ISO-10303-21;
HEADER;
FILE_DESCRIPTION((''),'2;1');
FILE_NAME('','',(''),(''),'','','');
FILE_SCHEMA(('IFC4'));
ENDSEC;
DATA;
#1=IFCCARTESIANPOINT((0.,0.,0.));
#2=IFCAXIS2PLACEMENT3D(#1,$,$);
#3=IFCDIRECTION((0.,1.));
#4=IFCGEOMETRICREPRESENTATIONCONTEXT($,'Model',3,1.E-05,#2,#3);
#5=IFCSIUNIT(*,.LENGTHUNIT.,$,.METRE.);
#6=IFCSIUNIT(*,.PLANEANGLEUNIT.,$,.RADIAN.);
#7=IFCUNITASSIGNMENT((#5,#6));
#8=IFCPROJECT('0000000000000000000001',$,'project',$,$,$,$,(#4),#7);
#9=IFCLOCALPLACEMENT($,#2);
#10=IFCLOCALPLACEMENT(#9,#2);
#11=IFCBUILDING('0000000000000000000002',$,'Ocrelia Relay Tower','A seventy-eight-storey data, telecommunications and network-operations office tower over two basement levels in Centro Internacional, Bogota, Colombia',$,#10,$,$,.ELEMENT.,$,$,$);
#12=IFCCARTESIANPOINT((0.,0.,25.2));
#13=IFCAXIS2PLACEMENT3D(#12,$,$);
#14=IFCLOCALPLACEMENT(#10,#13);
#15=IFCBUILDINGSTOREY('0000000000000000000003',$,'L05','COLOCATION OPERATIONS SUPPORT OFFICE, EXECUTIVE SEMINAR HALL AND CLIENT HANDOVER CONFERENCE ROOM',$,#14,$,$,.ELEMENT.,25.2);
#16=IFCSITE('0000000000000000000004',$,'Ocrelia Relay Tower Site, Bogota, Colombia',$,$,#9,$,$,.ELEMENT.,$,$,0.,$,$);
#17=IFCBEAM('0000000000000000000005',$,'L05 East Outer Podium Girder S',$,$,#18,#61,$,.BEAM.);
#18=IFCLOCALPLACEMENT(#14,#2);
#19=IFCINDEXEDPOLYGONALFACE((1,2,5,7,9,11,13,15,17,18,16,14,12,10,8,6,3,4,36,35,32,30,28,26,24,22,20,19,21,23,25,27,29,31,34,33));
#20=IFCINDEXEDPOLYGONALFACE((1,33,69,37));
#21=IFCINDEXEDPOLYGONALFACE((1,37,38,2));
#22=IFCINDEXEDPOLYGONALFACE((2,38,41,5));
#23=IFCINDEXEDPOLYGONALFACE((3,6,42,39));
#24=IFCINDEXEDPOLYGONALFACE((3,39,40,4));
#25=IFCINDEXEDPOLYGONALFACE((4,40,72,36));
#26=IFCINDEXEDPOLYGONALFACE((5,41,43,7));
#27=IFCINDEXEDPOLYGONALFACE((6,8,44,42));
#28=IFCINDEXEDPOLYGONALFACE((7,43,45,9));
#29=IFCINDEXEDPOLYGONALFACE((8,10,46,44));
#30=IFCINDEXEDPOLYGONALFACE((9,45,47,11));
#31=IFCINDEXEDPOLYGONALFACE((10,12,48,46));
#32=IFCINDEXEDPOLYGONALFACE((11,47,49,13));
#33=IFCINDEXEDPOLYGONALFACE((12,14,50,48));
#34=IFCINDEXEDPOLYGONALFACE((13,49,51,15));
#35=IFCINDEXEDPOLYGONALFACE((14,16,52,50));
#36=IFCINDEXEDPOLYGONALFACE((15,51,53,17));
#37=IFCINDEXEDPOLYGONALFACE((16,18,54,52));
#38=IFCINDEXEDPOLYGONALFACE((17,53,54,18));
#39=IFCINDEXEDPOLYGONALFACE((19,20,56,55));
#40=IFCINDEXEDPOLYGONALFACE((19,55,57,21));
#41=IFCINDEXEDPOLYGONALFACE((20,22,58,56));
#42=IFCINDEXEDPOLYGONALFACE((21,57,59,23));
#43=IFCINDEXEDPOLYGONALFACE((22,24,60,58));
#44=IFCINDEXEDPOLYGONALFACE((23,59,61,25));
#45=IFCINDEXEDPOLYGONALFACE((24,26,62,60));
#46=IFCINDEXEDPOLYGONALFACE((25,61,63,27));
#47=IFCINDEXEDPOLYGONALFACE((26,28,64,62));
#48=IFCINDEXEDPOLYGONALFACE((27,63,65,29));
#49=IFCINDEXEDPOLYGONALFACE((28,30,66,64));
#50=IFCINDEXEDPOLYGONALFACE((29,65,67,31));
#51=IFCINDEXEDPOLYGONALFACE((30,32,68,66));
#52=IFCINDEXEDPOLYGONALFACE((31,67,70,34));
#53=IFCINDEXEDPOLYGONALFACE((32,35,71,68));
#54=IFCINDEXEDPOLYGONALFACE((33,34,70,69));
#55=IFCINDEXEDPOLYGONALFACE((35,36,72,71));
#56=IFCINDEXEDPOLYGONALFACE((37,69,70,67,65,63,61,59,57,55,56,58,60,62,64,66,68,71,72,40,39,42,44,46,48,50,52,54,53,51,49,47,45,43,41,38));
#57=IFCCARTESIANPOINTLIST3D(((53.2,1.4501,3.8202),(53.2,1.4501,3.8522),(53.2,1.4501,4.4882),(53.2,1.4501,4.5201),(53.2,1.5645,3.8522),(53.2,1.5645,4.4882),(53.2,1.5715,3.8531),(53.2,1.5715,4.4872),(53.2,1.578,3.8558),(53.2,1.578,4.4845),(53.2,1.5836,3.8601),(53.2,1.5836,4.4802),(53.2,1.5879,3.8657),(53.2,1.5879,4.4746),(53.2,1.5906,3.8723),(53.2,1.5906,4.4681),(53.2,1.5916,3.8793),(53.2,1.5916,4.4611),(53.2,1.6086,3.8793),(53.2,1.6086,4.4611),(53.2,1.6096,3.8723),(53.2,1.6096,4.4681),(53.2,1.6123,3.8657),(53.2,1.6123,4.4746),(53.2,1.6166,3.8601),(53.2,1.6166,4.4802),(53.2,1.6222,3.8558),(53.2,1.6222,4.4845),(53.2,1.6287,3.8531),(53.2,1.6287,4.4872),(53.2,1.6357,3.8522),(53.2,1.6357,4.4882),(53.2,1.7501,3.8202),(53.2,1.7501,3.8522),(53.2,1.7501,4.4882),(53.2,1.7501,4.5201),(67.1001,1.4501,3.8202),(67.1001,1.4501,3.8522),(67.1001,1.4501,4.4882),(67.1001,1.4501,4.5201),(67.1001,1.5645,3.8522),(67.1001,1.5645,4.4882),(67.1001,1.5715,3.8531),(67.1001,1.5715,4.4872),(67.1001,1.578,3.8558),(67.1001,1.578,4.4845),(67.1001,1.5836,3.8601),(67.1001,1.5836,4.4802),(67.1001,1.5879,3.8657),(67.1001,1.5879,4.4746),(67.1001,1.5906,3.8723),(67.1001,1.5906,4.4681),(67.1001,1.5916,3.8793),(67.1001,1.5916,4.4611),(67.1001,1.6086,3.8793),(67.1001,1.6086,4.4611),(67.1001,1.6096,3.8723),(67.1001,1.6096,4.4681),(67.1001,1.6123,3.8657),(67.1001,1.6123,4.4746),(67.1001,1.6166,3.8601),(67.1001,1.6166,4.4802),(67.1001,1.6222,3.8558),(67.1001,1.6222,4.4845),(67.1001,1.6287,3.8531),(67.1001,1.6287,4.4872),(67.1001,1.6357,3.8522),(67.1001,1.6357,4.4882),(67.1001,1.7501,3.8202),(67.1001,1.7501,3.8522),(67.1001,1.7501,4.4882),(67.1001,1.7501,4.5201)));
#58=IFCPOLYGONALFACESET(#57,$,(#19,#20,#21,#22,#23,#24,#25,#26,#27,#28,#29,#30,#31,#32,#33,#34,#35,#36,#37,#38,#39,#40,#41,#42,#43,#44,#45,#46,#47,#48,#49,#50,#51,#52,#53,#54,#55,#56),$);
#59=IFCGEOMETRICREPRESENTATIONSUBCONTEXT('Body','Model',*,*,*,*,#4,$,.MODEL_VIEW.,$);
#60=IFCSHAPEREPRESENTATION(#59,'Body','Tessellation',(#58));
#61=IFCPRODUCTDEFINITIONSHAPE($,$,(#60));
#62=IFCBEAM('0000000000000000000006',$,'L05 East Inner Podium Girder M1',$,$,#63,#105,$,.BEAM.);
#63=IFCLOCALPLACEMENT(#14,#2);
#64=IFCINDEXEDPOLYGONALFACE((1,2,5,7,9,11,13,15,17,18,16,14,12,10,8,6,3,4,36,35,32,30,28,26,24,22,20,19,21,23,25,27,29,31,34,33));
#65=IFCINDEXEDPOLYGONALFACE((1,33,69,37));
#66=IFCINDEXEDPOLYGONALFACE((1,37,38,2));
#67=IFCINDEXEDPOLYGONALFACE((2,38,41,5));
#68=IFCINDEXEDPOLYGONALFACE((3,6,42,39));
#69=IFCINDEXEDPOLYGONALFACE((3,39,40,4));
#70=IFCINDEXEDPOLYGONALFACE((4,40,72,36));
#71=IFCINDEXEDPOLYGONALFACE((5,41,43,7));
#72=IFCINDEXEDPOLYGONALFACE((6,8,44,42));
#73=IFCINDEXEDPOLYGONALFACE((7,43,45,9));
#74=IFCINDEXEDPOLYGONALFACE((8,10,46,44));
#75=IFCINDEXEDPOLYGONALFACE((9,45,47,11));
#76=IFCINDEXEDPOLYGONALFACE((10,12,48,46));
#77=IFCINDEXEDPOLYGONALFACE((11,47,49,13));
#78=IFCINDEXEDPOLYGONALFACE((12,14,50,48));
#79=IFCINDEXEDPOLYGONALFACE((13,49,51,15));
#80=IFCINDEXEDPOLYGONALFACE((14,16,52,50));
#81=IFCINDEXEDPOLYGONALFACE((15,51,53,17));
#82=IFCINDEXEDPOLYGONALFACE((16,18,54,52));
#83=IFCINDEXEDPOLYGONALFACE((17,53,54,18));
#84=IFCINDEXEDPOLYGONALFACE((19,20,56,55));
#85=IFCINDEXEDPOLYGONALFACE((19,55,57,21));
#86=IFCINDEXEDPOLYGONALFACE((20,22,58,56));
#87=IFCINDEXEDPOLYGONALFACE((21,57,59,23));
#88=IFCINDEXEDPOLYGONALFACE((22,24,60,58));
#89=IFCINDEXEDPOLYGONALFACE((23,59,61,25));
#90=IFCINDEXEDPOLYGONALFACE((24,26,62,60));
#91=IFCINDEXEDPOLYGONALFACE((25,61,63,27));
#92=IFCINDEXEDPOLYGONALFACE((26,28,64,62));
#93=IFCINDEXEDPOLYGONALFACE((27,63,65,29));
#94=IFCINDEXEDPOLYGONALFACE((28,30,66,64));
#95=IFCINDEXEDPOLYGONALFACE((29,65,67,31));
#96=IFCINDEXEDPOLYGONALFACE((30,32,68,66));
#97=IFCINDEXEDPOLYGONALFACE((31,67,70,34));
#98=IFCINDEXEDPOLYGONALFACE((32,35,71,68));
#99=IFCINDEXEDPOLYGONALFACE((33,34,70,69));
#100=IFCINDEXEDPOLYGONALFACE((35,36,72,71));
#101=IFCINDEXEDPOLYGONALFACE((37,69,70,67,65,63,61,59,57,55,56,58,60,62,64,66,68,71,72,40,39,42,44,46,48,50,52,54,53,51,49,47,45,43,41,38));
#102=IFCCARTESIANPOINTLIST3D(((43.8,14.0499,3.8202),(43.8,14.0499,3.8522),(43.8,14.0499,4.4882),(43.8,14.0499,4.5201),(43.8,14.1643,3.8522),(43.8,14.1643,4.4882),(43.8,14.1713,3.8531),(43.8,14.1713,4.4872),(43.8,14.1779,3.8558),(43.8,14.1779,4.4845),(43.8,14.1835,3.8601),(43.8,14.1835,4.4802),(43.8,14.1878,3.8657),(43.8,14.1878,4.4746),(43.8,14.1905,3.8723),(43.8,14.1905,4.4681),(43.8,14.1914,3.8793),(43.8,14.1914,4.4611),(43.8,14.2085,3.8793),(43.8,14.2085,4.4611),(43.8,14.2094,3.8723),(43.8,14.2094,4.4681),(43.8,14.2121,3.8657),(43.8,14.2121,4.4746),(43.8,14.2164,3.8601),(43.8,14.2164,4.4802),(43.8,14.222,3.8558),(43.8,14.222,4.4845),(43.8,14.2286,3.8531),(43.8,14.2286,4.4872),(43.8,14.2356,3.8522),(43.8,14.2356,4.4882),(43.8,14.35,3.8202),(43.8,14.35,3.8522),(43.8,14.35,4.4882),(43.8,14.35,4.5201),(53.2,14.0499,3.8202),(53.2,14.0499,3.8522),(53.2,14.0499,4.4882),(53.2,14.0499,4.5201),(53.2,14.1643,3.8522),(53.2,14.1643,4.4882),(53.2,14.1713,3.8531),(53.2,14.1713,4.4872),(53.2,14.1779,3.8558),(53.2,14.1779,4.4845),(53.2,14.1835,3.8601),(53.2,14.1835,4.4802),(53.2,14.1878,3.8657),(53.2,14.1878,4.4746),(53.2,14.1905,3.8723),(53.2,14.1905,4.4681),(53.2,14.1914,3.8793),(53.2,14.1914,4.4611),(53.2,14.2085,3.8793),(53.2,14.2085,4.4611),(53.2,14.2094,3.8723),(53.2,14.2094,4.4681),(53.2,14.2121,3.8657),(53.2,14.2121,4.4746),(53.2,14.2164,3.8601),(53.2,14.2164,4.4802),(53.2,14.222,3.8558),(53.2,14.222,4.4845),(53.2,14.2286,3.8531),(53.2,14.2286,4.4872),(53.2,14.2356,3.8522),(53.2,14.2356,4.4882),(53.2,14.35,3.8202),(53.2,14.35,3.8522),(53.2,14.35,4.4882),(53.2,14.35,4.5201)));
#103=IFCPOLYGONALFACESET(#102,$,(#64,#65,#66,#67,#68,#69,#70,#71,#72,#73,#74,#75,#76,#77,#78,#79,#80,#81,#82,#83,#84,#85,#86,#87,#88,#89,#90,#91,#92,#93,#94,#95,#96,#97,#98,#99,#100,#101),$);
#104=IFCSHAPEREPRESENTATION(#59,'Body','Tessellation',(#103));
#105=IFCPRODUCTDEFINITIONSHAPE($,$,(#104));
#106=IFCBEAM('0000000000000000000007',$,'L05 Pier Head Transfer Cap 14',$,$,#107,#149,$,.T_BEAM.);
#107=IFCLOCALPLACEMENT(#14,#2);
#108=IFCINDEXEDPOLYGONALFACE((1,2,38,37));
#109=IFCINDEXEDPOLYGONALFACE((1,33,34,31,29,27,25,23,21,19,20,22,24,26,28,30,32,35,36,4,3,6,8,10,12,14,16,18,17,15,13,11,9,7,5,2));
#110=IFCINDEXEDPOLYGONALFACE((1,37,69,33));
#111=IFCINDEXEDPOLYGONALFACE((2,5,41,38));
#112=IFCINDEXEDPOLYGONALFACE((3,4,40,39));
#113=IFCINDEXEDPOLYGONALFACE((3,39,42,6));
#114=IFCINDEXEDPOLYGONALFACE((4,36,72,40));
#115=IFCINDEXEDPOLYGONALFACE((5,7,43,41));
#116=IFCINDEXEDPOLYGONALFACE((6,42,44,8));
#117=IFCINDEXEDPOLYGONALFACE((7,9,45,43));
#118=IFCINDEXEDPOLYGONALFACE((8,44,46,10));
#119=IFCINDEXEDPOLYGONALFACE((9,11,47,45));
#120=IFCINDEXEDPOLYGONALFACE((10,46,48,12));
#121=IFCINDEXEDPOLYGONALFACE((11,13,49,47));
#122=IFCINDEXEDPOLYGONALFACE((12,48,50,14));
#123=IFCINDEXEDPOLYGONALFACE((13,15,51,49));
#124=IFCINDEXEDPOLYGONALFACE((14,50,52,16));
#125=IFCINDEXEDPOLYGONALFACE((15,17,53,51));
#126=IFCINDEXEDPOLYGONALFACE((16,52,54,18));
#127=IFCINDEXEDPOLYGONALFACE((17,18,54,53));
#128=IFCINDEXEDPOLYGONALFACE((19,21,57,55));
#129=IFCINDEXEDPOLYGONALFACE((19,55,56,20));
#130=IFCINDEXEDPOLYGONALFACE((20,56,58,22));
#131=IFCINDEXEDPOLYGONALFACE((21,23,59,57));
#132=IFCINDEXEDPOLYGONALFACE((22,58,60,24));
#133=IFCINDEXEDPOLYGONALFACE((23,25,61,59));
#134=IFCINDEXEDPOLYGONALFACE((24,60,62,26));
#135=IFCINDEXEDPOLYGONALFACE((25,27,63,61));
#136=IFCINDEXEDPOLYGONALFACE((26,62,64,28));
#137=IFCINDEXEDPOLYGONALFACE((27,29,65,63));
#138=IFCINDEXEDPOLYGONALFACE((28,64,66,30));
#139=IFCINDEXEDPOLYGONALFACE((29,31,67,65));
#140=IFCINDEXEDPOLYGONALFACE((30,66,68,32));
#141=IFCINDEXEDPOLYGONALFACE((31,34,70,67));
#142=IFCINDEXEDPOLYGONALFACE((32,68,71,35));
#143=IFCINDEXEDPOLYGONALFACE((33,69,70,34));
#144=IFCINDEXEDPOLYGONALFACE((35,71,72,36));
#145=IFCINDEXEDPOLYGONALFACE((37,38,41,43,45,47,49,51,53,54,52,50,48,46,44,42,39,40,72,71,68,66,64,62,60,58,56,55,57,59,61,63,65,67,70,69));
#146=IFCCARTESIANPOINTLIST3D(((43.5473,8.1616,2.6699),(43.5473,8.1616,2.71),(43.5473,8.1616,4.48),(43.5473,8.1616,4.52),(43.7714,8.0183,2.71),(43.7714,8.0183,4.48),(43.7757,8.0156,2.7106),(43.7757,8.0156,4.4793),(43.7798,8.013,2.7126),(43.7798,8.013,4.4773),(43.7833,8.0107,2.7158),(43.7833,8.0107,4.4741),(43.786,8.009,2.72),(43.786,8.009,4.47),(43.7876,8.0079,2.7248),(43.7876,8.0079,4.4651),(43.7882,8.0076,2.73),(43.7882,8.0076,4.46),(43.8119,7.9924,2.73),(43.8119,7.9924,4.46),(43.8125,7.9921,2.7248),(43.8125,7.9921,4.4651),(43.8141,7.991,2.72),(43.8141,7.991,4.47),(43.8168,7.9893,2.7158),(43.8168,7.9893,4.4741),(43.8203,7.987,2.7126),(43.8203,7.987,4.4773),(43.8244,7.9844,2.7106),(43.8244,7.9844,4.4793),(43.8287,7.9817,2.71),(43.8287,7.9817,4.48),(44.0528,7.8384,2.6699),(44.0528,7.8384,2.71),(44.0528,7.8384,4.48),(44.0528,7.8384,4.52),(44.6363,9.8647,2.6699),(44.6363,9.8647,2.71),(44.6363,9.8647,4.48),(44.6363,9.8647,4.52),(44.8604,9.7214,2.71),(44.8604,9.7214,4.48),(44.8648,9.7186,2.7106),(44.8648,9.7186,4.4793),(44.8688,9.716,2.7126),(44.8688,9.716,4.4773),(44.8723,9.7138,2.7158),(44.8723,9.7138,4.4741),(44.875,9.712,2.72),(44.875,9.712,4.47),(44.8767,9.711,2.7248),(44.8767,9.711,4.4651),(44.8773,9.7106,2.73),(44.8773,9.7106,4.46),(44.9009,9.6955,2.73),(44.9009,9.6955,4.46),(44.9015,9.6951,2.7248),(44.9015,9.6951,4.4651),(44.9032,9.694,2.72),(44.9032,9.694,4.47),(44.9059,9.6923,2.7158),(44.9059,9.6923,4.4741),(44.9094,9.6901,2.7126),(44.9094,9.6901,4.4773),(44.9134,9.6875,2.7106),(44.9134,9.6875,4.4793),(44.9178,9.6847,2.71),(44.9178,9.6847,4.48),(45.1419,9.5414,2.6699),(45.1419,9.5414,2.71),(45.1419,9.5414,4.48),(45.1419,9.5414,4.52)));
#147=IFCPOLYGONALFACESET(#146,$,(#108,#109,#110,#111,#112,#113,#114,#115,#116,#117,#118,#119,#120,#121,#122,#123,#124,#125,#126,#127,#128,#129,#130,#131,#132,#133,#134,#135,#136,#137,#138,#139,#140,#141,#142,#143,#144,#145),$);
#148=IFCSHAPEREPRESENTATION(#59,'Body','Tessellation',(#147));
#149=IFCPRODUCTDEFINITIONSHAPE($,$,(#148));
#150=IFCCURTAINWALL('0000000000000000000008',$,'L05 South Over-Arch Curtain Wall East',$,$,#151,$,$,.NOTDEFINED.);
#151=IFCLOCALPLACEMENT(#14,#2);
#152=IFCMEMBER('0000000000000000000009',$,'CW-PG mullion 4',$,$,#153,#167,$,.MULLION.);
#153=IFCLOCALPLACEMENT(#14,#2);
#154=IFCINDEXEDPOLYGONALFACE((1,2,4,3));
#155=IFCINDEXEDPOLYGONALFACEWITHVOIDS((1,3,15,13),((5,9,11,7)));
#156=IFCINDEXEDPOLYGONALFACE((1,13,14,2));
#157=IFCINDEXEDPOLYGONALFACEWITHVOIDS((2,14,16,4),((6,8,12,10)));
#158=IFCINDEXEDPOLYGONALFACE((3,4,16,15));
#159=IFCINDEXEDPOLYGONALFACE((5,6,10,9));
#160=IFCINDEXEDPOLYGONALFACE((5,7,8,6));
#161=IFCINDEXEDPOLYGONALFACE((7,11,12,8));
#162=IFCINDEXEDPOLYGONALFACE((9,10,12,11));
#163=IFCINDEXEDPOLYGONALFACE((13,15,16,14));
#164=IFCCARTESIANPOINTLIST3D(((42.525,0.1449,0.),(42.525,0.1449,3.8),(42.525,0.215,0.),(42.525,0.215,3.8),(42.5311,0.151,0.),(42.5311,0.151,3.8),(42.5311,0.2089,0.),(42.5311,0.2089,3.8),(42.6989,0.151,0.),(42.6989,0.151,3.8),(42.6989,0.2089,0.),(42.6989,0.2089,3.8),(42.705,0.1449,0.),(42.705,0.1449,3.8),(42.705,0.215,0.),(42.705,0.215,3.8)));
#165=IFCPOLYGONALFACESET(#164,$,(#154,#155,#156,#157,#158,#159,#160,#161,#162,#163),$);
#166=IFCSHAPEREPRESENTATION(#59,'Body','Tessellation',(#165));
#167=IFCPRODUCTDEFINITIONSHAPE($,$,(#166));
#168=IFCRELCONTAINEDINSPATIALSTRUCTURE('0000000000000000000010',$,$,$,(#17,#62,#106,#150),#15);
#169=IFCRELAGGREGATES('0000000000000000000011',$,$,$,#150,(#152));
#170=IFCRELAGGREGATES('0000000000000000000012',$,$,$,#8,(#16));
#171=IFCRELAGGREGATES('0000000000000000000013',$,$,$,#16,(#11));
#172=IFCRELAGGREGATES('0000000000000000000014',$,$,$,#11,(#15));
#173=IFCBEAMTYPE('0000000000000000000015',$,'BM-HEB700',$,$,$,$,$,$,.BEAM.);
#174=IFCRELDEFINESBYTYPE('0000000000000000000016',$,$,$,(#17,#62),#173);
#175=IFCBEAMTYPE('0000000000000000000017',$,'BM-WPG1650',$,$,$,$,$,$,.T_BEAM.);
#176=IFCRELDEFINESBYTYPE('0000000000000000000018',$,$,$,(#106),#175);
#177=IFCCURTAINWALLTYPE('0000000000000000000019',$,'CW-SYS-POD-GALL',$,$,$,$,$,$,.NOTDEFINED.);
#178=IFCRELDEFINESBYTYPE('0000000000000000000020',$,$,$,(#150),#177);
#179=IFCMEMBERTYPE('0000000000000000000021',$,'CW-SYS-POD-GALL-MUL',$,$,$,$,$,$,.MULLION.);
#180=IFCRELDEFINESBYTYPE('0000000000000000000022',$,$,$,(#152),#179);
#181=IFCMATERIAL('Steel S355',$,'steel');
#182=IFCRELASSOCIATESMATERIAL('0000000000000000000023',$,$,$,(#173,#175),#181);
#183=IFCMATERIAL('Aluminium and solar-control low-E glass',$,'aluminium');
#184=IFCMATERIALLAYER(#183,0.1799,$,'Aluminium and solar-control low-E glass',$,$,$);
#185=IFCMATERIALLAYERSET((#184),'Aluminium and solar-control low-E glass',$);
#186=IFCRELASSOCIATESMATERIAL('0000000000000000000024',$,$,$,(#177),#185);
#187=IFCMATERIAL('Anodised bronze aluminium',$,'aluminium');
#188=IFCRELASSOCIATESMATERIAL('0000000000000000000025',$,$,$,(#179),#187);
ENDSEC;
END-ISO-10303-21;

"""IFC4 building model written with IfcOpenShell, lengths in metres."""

from ifc_helpers import new_model, si_unit, direction, frame, origin, origin_2d, place, context, subcontext, project, spatial, hollow_rectangle, i_section, extrude, material, layer, layer_set, material_profile, profile_set, type_object, element, aggregate, save


model = new_model("IFC4")

# Units and contexts
model_context = context("Model", 3, precision=1e-05, world=origin(), true_north=direction((0.0, 1.0)))
body_context = subcontext(model_context, "Body", "Model", "MODEL_VIEW")
ifc_project = project(units=[si_unit("LENGTHUNIT", "METRE"), si_unit("PLANEANGLEUNIT", "RADIAN")], contexts=[model_context])

# Site, building, storey
site_placement = place(None, origin())
site = spatial("IfcSite", under=ifc_project, at=site_placement, Name="Ocrelia Relay Tower Site, Bogota, Colombia", CompositionType="ELEMENT", RefElevation=0.0)
building_placement = place(site_placement, origin())
building = spatial("IfcBuilding", under=site, at=building_placement, Name="Ocrelia Relay Tower", Description="A seventy-eight-storey data, telecommunications and network-operations office tower over two basement levels in Centro Internacional, Bogota, Colombia", CompositionType="ELEMENT")
storey_placement = place(building_placement, frame((0.0, 0.0, 25.2)))
storey = spatial("IfcBuildingStorey", under=building, at=storey_placement, Name="L05", Description="COLOCATION OPERATIONS SUPPORT OFFICE, EXECUTIVE SEMINAR HALL AND CLIENT HANDOVER CONFERENCE ROOM", CompositionType="ELEMENT", Elevation=25.2)

# Beams
ifc_material_1 = material(Name="Steel S355", Category="steel")
ifc_material_profile_1 = material_profile(ifc_material_1, i_section(OverallWidth=0.3, OverallDepth=0.7, WebThickness=0.0171, FlangeThickness=0.032, FilletRadius=0.0271, at=origin_2d()), Name="HEB 700")
ifc_profile_set_1 = profile_set([ifc_material_profile_1], Name="Steel S355")
beam_type_1 = type_object("IfcBeamType", Name="BM-HEB700", PredefinedType="BEAM", material=ifc_profile_set_1)
beam_1_placement = place(storey_placement, frame((53.2, 1.6001, 4.1702), z_axis=(1.0, 0.0, 0.0), x_axis=(0.0, 1.0, 0.0)))
element("IfcBeam", 1, at=beam_1_placement, inside=storey, type_object=beam_type_1, Name="L05 East Outer Podium Girder S", PredefinedType="BEAM", context=body_context, shape_type="SweptSolid", body=[
    extrude(i_section(OverallWidth=0.3, OverallDepth=0.7, WebThickness=0.0171, FlangeThickness=0.032, FilletRadius=0.0271, at=origin_2d()), origin(), (0.0, 0.0, 1.0), 13.9001),
])
beam_2_placement = place(storey_placement, frame((43.8, 14.2, 4.1702), z_axis=(1.0, 0.0, 0.0), x_axis=(0.0, 1.0, 0.0)))
element("IfcBeam", 2, at=beam_2_placement, inside=storey, type_object=beam_type_1, Name="L05 East Inner Podium Girder M1", PredefinedType="BEAM", context=body_context, shape_type="SweptSolid", body=[
    extrude(i_section(OverallWidth=0.3, OverallDepth=0.7, WebThickness=0.0171, FlangeThickness=0.032, FilletRadius=0.0271, at=origin_2d()), origin(), (0.0, 0.0, 1.0), 9.3999),
])
ifc_material_profile_2 = material_profile(ifc_material_1, i_section(OverallWidth=0.6001, OverallDepth=1.8501, WebThickness=0.0281, FlangeThickness=0.04, FilletRadius=0.02, at=origin_2d()), Name="WPG 1850x600")
ifc_profile_set_2 = profile_set([ifc_material_profile_2], Name="Steel S355")
beam_type_2 = type_object("IfcBeamType", Name="BM-WPG1650", PredefinedType="T_BEAM", material=ifc_profile_set_2)
beam_3_placement = place(storey_placement, frame((43.8, 8.0, 3.595), z_axis=(0.538742, 0.842471, 0.0), x_axis=(-0.842471, 0.538742, 0.0)))
element("IfcBeam", 3, at=beam_3_placement, inside=storey, type_object=beam_type_2, Name="L05 Pier Head Transfer Cap 14", PredefinedType="T_BEAM", context=body_context, shape_type="SweptSolid", body=[
    extrude(i_section(OverallWidth=0.6001, OverallDepth=1.8501, WebThickness=0.0281, FlangeThickness=0.04, FilletRadius=0.02, at=origin_2d()), origin(), (0.0, 0.0, 1.0), 2.0215),
])

# Curtain wall, member
ifc_material_2 = material(Name="Aluminium and solar-control low-E glass", Category="aluminium")
ifc_layer_1 = layer(ifc_material_2, 0.1799, Name="Aluminium and solar-control low-E glass")
ifc_layer_set_1 = layer_set([ifc_layer_1], Name="Aluminium and solar-control low-E glass")
curtain_wall_type = type_object("IfcCurtainWallType", Name="CW-SYS-POD-GALL", PredefinedType="NOTDEFINED", material=ifc_layer_set_1)
curtain_wall_placement = place(storey_placement, origin())
curtain_wall = element("IfcCurtainWall", 4, at=curtain_wall_placement, inside=storey, type_object=curtain_wall_type, Name="L05 South Over-Arch Curtain Wall East", PredefinedType="NOTDEFINED")
ifc_material_3 = material(Name="Anodised bronze aluminium", Category="aluminium")
ifc_material_profile_3 = material_profile(ifc_material_3, hollow_rectangle(XDim=0.0701, YDim=0.1799, WallThickness=0.0061, at=origin_2d()), Name="CW-MUL-180x70")
ifc_profile_set_3 = profile_set([ifc_material_profile_3], Name="Anodised bronze aluminium")
member_type_1 = type_object("IfcMemberType", Name="CW-SYS-POD-GALL-MUL", PredefinedType="MULLION", material=ifc_profile_set_3)
member_1_placement = place(storey_placement, frame((42.615, 0.1799, 0.0), z_axis=(0.0, 0.0, 1.0), x_axis=(0.0, 1.0, 0.0)))
member_1 = element("IfcMember", 5, at=member_1_placement, type_object=member_type_1, Name="CW-PG mullion 4", PredefinedType="MULLION", context=body_context, shape_type="SweptSolid", body=[
    extrude(hollow_rectangle(XDim=0.0701, YDim=0.1799, WallThickness=0.0061, at=origin_2d()), origin(), (0.0, 0.0, 1.0), 3.8),
])
aggregate(curtain_wall, [member_1])

save(model, "model.ifc")
